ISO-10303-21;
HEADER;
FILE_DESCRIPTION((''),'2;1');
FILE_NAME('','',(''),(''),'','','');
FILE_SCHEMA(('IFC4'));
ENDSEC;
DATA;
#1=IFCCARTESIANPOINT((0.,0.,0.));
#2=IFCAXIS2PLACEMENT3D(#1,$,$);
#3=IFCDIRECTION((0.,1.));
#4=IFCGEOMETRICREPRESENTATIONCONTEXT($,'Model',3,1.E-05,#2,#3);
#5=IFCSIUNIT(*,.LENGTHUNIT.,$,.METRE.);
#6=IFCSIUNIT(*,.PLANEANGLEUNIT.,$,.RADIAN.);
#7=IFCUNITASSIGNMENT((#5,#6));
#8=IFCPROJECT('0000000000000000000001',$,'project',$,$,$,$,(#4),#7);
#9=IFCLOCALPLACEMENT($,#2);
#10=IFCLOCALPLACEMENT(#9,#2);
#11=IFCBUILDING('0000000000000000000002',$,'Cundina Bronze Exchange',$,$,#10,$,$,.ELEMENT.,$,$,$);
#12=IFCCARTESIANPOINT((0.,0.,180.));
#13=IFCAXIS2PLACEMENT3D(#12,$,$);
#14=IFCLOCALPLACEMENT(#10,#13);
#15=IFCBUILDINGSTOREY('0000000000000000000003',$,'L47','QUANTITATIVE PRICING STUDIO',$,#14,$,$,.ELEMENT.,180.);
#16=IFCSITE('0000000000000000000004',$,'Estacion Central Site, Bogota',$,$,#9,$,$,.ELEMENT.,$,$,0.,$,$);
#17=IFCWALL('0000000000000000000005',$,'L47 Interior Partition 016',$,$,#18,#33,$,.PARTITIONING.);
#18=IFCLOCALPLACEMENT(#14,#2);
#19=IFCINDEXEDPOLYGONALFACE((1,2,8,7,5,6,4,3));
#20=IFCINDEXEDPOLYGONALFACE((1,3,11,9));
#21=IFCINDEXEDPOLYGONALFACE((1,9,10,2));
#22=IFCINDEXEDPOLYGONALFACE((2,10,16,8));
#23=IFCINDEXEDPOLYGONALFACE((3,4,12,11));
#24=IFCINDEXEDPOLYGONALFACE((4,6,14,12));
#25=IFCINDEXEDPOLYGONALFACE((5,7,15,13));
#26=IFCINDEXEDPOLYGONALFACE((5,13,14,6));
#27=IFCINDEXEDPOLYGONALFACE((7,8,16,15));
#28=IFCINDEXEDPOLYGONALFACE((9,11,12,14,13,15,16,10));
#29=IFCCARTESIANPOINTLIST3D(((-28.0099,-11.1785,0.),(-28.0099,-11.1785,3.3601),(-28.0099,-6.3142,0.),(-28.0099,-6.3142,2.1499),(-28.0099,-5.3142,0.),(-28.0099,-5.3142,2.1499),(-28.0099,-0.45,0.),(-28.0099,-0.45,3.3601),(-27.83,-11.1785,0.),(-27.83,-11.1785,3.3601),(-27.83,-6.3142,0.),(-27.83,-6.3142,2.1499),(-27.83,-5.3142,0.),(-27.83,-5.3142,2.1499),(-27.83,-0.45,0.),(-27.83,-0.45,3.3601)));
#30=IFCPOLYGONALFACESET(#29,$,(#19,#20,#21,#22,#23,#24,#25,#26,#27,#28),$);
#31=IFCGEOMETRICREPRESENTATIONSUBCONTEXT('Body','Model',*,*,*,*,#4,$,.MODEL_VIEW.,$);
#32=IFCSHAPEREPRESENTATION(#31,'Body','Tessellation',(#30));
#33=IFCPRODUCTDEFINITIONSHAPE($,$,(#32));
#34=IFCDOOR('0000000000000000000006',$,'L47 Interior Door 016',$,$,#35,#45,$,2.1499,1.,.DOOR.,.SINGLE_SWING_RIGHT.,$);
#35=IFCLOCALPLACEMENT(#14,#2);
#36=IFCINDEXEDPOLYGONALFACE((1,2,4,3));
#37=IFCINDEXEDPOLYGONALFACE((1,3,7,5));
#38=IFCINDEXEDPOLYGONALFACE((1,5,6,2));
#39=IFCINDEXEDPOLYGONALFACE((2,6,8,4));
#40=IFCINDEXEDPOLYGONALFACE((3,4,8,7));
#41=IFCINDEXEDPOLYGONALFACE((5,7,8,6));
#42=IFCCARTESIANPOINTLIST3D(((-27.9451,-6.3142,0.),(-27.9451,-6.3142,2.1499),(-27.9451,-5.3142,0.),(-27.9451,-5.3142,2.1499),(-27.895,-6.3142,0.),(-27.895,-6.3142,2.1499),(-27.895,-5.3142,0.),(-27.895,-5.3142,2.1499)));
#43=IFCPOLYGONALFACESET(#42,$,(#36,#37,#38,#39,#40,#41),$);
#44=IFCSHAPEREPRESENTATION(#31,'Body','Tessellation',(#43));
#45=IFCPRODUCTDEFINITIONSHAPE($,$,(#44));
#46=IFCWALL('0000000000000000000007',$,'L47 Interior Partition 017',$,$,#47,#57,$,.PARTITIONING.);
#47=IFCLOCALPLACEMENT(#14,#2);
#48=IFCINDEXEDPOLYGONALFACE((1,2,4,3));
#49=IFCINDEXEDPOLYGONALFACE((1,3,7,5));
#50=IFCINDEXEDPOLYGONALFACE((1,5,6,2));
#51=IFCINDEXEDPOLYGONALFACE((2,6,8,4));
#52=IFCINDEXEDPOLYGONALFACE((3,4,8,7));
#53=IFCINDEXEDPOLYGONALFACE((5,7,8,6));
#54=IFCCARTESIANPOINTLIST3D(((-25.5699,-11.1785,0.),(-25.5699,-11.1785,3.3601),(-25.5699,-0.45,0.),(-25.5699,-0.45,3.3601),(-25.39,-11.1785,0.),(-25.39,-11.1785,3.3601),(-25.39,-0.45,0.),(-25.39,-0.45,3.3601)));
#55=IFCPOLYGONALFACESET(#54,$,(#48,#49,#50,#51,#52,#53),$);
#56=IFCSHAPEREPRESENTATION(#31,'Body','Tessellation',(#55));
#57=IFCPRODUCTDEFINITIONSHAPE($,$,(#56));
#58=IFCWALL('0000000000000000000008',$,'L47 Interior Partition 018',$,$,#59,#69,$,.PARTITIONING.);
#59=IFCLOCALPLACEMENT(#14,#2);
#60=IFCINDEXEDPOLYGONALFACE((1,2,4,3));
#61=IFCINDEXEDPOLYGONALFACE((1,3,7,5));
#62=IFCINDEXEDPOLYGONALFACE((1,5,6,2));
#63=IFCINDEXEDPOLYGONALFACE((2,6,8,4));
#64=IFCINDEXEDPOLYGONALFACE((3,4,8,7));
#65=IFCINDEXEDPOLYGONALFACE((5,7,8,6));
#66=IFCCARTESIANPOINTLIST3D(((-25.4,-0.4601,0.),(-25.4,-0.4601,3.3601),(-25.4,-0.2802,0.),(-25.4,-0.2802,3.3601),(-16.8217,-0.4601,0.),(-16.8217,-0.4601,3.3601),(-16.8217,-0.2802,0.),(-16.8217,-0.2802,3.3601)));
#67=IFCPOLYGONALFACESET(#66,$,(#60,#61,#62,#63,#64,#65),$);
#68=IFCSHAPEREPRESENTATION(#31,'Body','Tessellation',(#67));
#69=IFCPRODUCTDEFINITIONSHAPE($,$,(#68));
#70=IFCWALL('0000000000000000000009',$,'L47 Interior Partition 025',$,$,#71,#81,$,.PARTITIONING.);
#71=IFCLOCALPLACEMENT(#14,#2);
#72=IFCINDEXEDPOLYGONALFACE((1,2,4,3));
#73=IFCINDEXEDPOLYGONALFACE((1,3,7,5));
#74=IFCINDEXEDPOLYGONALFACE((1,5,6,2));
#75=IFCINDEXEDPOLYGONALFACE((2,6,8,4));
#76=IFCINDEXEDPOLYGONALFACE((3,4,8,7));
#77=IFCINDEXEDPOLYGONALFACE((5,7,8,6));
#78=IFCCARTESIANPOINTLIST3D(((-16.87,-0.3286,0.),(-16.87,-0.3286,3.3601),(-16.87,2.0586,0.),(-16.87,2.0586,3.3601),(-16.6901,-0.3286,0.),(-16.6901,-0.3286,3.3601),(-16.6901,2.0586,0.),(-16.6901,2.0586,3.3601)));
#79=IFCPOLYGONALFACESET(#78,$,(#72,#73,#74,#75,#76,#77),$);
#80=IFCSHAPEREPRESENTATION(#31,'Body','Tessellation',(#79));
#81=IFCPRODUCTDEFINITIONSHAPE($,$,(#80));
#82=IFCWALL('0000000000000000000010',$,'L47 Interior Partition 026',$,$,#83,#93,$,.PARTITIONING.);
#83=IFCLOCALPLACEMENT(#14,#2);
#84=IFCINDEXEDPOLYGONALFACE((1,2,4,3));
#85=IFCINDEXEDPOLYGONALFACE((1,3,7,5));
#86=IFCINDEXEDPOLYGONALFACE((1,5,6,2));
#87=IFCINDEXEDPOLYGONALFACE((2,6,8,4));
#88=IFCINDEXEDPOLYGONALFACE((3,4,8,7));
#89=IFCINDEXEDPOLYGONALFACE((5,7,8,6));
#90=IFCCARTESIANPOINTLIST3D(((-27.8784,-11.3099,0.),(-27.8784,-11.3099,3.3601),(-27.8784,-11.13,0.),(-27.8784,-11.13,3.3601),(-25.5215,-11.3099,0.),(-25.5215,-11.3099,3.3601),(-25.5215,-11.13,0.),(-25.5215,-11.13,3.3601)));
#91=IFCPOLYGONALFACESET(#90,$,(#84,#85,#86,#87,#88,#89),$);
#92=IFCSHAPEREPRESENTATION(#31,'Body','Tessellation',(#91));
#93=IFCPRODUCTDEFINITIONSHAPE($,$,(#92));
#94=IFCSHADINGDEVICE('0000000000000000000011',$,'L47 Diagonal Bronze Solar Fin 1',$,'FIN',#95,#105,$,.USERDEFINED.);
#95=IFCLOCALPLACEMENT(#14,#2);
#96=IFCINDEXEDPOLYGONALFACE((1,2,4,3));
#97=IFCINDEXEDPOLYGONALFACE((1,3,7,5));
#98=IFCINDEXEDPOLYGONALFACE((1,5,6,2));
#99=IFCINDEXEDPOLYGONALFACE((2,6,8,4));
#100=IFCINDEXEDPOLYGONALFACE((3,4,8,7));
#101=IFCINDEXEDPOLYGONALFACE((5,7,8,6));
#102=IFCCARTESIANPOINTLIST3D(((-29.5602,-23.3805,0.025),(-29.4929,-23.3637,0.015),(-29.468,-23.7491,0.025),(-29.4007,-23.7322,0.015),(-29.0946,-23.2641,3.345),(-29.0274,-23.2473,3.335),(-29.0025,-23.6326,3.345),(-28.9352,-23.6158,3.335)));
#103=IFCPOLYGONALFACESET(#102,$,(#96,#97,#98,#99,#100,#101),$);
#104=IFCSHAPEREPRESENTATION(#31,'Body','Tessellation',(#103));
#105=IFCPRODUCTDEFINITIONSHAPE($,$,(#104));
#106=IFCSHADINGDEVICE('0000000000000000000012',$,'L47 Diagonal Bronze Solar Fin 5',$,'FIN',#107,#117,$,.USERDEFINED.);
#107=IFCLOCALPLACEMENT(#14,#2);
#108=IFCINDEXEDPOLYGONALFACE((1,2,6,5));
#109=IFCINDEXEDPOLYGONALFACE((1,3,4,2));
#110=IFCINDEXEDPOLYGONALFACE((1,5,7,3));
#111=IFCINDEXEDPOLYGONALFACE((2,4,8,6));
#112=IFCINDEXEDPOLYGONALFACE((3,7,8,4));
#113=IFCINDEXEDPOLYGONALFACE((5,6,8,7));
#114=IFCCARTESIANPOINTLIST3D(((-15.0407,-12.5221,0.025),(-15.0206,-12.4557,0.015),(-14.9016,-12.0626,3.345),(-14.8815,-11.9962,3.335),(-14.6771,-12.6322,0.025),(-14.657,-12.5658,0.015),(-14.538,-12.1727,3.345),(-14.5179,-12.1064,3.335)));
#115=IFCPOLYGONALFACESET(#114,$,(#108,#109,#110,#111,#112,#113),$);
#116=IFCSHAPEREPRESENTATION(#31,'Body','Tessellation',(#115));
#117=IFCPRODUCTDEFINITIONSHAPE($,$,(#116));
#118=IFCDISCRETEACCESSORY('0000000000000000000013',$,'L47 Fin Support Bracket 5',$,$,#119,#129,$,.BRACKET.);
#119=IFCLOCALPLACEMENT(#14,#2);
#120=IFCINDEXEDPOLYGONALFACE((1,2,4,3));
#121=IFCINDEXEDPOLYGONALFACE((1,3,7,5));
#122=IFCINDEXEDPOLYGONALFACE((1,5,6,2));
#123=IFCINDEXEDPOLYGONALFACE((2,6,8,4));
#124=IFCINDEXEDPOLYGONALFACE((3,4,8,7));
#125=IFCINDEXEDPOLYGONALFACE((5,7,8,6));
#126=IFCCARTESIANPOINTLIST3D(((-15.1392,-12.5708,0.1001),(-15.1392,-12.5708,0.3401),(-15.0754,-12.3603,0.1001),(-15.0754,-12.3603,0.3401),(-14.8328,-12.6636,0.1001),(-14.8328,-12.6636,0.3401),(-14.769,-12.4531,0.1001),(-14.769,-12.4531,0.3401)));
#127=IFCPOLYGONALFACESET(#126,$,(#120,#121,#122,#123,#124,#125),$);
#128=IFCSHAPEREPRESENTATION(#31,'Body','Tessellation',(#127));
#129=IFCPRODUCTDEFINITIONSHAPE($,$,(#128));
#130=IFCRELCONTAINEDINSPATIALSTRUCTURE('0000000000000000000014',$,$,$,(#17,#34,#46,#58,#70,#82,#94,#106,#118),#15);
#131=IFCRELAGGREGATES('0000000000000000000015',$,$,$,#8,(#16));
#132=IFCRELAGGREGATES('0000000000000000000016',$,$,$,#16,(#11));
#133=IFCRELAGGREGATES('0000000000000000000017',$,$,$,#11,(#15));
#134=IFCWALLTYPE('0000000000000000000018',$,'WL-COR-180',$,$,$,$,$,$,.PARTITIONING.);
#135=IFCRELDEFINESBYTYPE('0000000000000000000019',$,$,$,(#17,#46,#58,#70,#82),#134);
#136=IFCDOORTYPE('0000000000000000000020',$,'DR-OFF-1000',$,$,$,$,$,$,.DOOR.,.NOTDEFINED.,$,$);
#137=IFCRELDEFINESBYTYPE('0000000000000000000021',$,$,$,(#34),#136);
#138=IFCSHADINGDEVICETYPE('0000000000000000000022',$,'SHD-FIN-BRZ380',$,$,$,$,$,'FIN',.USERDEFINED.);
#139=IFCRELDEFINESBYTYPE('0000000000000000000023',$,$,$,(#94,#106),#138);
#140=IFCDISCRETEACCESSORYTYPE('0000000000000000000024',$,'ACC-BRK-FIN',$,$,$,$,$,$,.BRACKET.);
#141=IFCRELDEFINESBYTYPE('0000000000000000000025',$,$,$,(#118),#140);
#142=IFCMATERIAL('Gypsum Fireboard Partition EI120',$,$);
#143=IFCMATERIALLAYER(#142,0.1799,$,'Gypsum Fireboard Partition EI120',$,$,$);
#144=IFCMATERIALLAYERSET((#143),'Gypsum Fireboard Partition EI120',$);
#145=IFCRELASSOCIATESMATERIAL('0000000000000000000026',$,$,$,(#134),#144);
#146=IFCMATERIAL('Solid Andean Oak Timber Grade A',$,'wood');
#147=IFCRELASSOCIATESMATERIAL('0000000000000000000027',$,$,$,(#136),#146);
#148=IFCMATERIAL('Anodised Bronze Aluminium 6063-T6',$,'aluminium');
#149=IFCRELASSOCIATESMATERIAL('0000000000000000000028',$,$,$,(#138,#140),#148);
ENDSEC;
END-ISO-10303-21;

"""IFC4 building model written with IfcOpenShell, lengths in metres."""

from ifc_helpers import new_model, si_unit, direction, frame, frame_2d, origin, origin_2d, place, context, subcontext, project, spatial, rectangle, extrude, material, layer, layer_set, material_profile, profile_set, type_object, element, fill, save


model = new_model("IFC4")

# Units and contexts
model_context = context("Model", 3, precision=1e-05, world=origin(), true_north=direction((0.0, 1.0)))
body_context = subcontext(model_context, "Body", "Model", "MODEL_VIEW")
ifc_project = project(units=[si_unit("LENGTHUNIT", "METRE"), si_unit("PLANEANGLEUNIT", "RADIAN")], contexts=[model_context])

# Site, building, storey
site_placement = place(None, origin())
site = spatial("IfcSite", under=ifc_project, at=site_placement, Name="Estacion Central Site, Bogota", CompositionType="ELEMENT", RefElevation=0.0)
building_placement = place(site_placement, origin())
building = spatial("IfcBuilding", under=site, at=building_placement, Name="Cundina Bronze Exchange", CompositionType="ELEMENT")
storey_placement = place(building_placement, frame((0.0, 0.0, 180.0)))
storey = spatial("IfcBuildingStorey", under=building, at=storey_placement, Name="L47", Description="QUANTITATIVE PRICING STUDIO", CompositionType="ELEMENT", Elevation=180.0)

# Shared definitions
ifc_material_1 = material(Name="Anodised Bronze Aluminium 6063-T6", Category="aluminium")

# Wall, opening, door
ifc_material_2 = material(Name="Gypsum Fireboard Partition EI120")
ifc_layer_1 = layer(ifc_material_2, 0.1799, Name="Gypsum Fireboard Partition EI120")
ifc_layer_set_1 = layer_set([ifc_layer_1], Name="Gypsum Fireboard Partition EI120")
wall_type = type_object("IfcWallType", Name="WL-COR-180", PredefinedType="PARTITIONING", material=ifc_layer_set_1)
wall_1_placement = place(storey_placement, frame((-27.9199, -0.45, 0.0), z_axis=(0.0, 0.0, 1.0), x_axis=(0.0, -1.0, 0.0)))
wall_1 = element("IfcWall", 1, at=wall_1_placement, inside=storey, type_object=wall_type, Name="L47 Interior Partition 016", PredefinedType="PARTITIONING", context=body_context, shape_type="SweptSolid", body=[
    extrude(rectangle(XDim=10.7285, YDim=0.1799, at=frame_2d((5.3643, 0.0))), origin(), (0.0, 0.0, 1.0), 3.3601),
])
opening_placement = place(wall_1_placement, frame((4.8643, 0.0, 0.0)))
opening = element("IfcOpeningElement", 2, at=opening_placement, cuts=wall_1, PredefinedType="OPENING", context=body_context, shape_type="SweptSolid", body=[
    extrude(rectangle(XDim=1.0, YDim=2.1499, at=frame_2d((0.5, 1.075))), frame((0.0, 0.0999, 0.0), z_axis=(0.0, -1.0, 0.0), x_axis=(1.0, 0.0, 0.0)), (0.0, 0.0, 1.0), 0.2),
])
ifc_material_3 = material(Name="Solid Andean Oak Timber Grade A", Category="wood")
door_type = type_object("IfcDoorType", Name="DR-OFF-1000", OperationType="NOTDEFINED", PredefinedType="DOOR", material=ifc_material_3)
door_placement = place(opening_placement, origin())
door = element("IfcDoor", 3, at=door_placement, inside=storey, type_object=door_type, Name="L47 Interior Door 016", OperationType="SINGLE_SWING_RIGHT", OverallHeight=2.1499, OverallWidth=1.0, PredefinedType="DOOR", context=body_context, shape_type="SweptSolid", body=[
    extrude(rectangle(XDim=1.0, YDim=2.1499, at=frame_2d((0.5, 1.075))), frame((0.0, 0.0249, 0.0), z_axis=(0.0, -1.0, 0.0), x_axis=(1.0, 0.0, 0.0)), (0.0, 0.0, 1.0), 0.05),
])
fill(opening, door)

# Walls
wall_2_placement = place(storey_placement, frame((-25.48, -11.1785, 0.0), z_axis=(0.0, 0.0, 1.0), x_axis=(0.0, 1.0, 0.0)))
element("IfcWall", 4, at=wall_2_placement, inside=storey, type_object=wall_type, Name="L47 Interior Partition 017", PredefinedType="PARTITIONING", context=body_context, shape_type="SweptSolid", body=[
    extrude(rectangle(XDim=10.7285, YDim=0.1799, at=frame_2d((5.3643, 0.0))), origin(), (0.0, 0.0, 1.0), 3.3601),
])
wall_3_placement = place(storey_placement, frame((-25.3999, -0.3701, 0.0), z_axis=(0.0, 0.0, 1.0), x_axis=(1.0, 0.0, 0.0)))
element("IfcWall", 5, at=wall_3_placement, inside=storey, type_object=wall_type, Name="L47 Interior Partition 018", PredefinedType="PARTITIONING", context=body_context, shape_type="SweptSolid", body=[
    extrude(rectangle(XDim=8.5784, YDim=0.1799, at=frame_2d((4.2891, 0.0))), origin(), (0.0, 0.0, 1.0), 3.3601),
])
wall_4_placement = place(storey_placement, frame((-16.78, -0.3286, 0.0), z_axis=(0.0, 0.0, 1.0), x_axis=(0.0, 1.0, 0.0)))
element("IfcWall", 6, at=wall_4_placement, inside=storey, type_object=wall_type, Name="L47 Interior Partition 025", PredefinedType="PARTITIONING", context=body_context, shape_type="SweptSolid", body=[
    extrude(rectangle(XDim=2.3872, YDim=0.1799, at=frame_2d((1.1936, 0.0))), origin(), (0.0, 0.0, 1.0), 3.3601),
])
wall_5_placement = place(storey_placement, frame((-27.8784, -11.22, 0.0), z_axis=(0.0, 0.0, 1.0), x_axis=(1.0, 0.0, 0.0)))
element("IfcWall", 7, at=wall_5_placement, inside=storey, type_object=wall_type, Name="L47 Interior Partition 026", PredefinedType="PARTITIONING", context=body_context, shape_type="SweptSolid", body=[
    extrude(rectangle(XDim=2.3569, YDim=0.1799, at=frame_2d((1.1785, 0.0))), origin(), (0.0, 0.0, 1.0), 3.3601),
])

# Shading devices
ifc_material_profile_1 = material_profile(ifc_material_1, rectangle(XDim=0.0701, YDim=0.3799, at=origin_2d()), Name="FIN70X380", Category="aluminium")
ifc_profile_set_1 = profile_set([ifc_material_profile_1], Name="Anodised Bronze Aluminium 6063-T6")
shading_device_type = type_object("IfcShadingDeviceType", Name="SHD-FIN-BRZ380", ElementType="FIN", PredefinedType="USERDEFINED", material=ifc_profile_set_1)
for number, where, z_axis, x_axis, name in (
    (8, (-29.4805, -23.5564, 0.02), (0.138788, 0.034715, 0.989713), (-0.960133, -0.240159, 0.143064), "L47 Diagonal Bronze Solar Fin 1"),
    (9, (-14.8489, -12.5439, 0.02), (0.041483, 0.136968, 0.989706), (-0.286883, -0.947216, 0.143112), "L47 Diagonal Bronze Solar Fin 5"),
):
    element("IfcShadingDevice", number, at=place(storey_placement, frame(where, z_axis=z_axis, x_axis=x_axis)), inside=storey, type_object=shading_device_type, Name=name, ObjectType="FIN", PredefinedType="USERDEFINED", context=body_context, shape_type="SweptSolid", body=[
        extrude(rectangle(XDim=0.0701, YDim=0.3799, at=origin_2d()), origin(), (0.0, 0.0, 1.0), 3.3545),
    ])

# Discrete accessory
discrete_accessory_type = type_object("IfcDiscreteAccessoryType", Name="ACC-BRK-FIN", PredefinedType="BRACKET", material=ifc_material_1)
discrete_accessory_placement = place(storey_placement, frame((-14.9541, -12.512, 0.1001), z_axis=(0.0, 0.0, 1.0), x_axis=(0.290051, 0.957011, 0.0)))
element("IfcDiscreteAccessory", 10, at=discrete_accessory_placement, inside=storey, type_object=discrete_accessory_type, Name="L47 Fin Support Bracket 5", PredefinedType="BRACKET", context=body_context, shape_type="SweptSolid", body=[
    extrude(rectangle(XDim=0.22, YDim=0.3201, at=origin_2d()), origin(), (0.0, 0.0, 1.0), 0.24),
])

save(model, "model.ifc")
